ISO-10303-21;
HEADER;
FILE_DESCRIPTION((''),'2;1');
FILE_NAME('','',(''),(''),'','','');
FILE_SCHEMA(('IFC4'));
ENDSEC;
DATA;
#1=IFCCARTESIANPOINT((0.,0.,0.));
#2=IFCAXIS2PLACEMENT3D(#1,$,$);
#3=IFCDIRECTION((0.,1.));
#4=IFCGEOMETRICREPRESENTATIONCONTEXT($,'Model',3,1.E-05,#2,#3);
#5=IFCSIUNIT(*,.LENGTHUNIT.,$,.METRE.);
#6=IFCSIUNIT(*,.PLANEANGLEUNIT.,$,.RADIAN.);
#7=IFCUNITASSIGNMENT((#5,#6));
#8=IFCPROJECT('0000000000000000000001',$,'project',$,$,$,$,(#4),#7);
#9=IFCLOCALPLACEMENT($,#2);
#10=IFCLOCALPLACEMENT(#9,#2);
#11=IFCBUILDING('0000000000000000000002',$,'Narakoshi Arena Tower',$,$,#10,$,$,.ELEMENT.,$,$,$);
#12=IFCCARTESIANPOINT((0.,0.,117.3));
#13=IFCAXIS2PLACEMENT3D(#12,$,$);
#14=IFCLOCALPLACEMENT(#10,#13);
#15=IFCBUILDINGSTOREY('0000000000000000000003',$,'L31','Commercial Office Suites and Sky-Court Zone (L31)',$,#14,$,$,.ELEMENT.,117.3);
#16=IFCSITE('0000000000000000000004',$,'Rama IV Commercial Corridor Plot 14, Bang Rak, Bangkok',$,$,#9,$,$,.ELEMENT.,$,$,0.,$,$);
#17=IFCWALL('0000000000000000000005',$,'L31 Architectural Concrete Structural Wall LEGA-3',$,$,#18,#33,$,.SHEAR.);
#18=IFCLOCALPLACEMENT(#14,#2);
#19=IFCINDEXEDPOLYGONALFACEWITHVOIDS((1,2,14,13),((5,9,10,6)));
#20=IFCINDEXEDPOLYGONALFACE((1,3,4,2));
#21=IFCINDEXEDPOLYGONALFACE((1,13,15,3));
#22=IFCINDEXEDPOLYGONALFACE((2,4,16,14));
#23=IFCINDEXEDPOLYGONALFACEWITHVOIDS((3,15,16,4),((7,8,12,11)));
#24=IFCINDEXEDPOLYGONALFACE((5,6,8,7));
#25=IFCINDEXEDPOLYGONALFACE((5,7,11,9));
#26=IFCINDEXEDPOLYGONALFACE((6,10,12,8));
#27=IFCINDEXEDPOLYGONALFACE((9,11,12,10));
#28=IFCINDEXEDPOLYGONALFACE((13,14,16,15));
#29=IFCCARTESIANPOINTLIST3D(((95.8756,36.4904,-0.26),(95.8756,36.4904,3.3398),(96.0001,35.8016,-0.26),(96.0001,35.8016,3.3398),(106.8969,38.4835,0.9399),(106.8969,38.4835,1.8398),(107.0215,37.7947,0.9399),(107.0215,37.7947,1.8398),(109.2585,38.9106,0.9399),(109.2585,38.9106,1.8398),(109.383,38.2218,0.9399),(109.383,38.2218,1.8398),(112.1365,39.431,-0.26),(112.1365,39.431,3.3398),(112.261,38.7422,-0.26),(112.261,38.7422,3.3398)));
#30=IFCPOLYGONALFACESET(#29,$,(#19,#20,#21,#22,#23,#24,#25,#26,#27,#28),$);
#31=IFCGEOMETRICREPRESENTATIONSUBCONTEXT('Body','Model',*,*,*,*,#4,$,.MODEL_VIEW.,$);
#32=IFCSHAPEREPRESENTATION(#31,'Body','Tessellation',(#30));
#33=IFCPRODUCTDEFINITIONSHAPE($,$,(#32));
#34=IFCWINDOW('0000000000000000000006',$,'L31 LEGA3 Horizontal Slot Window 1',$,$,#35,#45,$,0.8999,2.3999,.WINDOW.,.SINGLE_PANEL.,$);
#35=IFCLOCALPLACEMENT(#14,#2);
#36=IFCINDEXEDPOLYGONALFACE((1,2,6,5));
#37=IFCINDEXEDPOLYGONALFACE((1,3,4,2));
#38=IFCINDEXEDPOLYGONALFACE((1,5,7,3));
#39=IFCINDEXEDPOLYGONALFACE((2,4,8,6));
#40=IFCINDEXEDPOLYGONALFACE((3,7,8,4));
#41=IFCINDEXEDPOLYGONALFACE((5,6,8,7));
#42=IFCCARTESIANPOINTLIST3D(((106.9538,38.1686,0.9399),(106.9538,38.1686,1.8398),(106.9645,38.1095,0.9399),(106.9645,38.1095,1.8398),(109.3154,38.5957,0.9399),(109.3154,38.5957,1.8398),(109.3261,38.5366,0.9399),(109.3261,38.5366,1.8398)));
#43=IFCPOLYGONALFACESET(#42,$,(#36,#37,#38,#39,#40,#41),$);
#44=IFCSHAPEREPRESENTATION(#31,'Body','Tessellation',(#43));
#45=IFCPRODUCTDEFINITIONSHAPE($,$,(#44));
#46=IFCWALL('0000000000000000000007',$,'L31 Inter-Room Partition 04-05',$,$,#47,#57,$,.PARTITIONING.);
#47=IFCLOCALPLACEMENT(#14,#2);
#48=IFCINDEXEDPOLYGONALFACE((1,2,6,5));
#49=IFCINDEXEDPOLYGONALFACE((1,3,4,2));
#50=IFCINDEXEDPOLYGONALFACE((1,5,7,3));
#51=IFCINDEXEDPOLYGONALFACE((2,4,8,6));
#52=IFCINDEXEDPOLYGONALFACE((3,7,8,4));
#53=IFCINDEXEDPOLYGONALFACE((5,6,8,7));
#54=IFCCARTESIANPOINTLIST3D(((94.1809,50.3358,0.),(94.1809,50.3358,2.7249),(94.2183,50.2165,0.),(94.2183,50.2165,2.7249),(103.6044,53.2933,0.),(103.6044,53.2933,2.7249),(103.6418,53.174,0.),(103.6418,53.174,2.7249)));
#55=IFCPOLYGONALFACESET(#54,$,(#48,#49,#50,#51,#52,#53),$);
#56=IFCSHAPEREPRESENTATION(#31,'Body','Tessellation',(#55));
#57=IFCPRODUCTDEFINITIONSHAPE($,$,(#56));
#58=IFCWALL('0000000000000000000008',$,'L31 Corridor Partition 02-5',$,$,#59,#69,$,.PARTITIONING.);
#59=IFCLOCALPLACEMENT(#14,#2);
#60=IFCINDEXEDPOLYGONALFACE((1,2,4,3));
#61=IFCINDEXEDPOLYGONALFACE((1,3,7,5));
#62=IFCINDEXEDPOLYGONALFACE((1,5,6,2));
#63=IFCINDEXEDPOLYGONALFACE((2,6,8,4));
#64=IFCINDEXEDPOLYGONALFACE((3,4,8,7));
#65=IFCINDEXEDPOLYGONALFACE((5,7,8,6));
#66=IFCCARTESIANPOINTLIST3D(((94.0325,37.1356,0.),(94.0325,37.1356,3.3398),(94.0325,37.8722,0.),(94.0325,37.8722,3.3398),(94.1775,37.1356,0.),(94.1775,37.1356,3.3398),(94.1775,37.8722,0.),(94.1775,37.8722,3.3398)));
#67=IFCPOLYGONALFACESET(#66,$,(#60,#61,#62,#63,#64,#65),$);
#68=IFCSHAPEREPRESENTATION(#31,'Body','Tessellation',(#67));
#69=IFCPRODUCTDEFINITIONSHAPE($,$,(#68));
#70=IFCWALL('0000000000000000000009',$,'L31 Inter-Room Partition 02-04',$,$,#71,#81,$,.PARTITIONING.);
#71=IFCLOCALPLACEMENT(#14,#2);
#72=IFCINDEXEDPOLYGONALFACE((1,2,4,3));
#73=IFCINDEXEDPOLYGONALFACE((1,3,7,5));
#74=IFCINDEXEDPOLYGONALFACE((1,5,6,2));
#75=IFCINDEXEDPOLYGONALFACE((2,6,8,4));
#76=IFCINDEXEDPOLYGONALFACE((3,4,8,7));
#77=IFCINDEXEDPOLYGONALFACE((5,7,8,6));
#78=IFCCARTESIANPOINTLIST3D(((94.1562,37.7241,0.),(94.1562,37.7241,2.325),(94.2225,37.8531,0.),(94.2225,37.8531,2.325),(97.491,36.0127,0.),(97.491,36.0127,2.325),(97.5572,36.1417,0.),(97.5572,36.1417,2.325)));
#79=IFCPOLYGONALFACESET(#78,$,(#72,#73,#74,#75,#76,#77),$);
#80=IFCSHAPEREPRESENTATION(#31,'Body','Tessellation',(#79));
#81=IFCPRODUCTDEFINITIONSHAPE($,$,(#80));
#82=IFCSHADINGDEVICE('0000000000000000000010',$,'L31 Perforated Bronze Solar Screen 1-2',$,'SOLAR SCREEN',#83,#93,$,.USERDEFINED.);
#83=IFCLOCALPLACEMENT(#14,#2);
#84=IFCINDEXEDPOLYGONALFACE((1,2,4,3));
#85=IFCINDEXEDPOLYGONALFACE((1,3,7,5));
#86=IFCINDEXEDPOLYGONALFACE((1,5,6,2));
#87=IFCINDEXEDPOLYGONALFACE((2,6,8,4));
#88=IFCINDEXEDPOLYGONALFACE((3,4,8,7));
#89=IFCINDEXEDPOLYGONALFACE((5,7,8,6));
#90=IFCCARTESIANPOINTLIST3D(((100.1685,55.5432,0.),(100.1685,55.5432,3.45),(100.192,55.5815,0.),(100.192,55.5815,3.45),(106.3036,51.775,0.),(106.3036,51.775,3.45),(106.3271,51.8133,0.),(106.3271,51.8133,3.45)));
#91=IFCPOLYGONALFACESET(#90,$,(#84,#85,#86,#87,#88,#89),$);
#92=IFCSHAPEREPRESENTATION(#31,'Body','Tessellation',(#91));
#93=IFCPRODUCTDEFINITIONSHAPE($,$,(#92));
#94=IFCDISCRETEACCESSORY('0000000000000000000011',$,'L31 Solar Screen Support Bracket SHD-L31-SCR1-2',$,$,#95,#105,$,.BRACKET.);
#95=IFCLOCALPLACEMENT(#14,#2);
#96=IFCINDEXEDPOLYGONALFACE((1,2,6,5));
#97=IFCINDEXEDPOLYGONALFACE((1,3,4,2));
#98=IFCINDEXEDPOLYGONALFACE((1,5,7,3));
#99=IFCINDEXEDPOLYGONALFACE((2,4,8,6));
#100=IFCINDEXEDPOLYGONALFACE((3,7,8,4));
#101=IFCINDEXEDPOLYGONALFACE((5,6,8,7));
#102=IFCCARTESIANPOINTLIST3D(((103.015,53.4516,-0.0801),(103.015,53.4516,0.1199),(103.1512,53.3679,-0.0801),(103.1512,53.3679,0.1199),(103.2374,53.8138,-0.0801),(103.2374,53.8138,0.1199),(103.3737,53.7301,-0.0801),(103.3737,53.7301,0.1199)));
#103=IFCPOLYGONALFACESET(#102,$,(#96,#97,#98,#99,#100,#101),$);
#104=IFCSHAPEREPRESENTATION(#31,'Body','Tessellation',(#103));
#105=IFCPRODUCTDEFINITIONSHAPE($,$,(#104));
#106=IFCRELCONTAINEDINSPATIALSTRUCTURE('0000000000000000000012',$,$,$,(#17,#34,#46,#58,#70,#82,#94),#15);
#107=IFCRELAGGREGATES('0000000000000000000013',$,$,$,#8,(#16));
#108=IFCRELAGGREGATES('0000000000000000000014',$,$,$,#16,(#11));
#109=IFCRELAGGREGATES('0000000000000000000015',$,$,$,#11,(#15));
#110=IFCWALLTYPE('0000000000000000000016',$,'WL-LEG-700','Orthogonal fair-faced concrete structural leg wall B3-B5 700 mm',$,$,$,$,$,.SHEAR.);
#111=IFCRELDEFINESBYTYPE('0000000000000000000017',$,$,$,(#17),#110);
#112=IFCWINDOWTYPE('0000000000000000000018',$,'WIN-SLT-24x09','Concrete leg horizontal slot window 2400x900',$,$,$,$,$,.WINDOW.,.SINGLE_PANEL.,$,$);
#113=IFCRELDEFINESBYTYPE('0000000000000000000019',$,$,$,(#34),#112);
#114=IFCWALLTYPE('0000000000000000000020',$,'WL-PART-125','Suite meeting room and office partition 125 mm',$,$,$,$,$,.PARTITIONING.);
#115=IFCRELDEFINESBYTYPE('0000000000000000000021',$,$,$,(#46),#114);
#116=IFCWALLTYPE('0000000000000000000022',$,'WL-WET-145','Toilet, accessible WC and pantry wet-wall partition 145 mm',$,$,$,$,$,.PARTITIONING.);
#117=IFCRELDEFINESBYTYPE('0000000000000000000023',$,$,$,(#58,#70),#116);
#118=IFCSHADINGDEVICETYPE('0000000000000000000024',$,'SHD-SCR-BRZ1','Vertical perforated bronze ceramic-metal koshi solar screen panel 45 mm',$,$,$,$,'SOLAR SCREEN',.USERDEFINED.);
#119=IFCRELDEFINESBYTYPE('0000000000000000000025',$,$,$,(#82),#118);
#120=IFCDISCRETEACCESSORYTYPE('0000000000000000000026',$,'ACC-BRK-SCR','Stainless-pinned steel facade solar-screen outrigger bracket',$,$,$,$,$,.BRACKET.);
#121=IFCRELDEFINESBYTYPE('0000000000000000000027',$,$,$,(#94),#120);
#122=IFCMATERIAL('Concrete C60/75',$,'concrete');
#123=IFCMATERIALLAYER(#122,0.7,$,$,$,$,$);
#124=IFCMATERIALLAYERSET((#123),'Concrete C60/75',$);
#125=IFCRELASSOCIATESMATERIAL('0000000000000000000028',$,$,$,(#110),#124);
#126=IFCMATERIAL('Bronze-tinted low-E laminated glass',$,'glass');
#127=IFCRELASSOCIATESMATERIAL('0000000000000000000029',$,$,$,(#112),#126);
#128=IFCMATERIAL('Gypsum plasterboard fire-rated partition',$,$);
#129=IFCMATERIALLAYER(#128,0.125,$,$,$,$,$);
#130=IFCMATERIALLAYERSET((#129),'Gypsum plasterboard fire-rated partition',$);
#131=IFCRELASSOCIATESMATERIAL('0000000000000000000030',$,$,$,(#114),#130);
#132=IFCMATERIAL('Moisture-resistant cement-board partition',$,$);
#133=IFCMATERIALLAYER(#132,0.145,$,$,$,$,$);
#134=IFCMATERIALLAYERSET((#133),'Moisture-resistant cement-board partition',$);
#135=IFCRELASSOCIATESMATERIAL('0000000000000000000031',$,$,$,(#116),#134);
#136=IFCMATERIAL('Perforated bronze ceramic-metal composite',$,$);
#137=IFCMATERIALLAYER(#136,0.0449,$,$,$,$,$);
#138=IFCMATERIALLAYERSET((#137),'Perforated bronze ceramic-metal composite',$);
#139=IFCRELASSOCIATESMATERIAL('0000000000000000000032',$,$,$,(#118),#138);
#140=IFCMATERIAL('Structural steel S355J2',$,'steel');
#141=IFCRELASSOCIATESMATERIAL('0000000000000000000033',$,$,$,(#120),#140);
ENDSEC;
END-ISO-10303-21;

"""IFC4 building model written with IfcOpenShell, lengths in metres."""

from ifc_helpers import new_model, si_unit, direction, frame, frame_2d, origin, origin_2d, place, context, subcontext, project, spatial, rectangle, extrude, material, layer, layer_set, type_object, element, fill, save


model = new_model("IFC4")

# Units and contexts
model_context = context("Model", 3, precision=1e-05, world=origin(), true_north=direction((0.0, 1.0)))
body_context = subcontext(model_context, "Body", "Model", "MODEL_VIEW")
ifc_project = project(units=[si_unit("LENGTHUNIT", "METRE"), si_unit("PLANEANGLEUNIT", "RADIAN")], contexts=[model_context])

# Site, building, storey
site_placement = place(None, origin())
site = spatial("IfcSite", under=ifc_project, at=site_placement, Name="Rama IV Commercial Corridor Plot 14, Bang Rak, Bangkok", CompositionType="ELEMENT", RefElevation=0.0)
building_placement = place(site_placement, origin())
building = spatial("IfcBuilding", under=site, at=building_placement, Name="Narakoshi Arena Tower", CompositionType="ELEMENT")
storey_placement = place(building_placement, frame((0.0, 0.0, 117.3)))
storey = spatial("IfcBuildingStorey", under=building, at=storey_placement, Name="L31", Description="Commercial Office Suites and Sky-Court Zone (L31)", CompositionType="ELEMENT", Elevation=117.3)

# Shared definitions
ifc_material_1 = material(Name="Concrete C60/75", Category="concrete")

# Shared definitions
ifc_material_2 = material(Name="Structural steel S355J2", Category="steel")

# Shared definitions
ifc_material_3 = material(Name="Bronze-tinted low-E laminated glass", Category="glass")

# Shared definitions
ifc_material_4 = material(Name="Gypsum plasterboard fire-rated partition")

# Wall, opening, window
ifc_layer_1 = layer(ifc_material_1, 0.7)
ifc_layer_set_1 = layer_set([ifc_layer_1], Name="Concrete C60/75")
wall_type_1 = type_object("IfcWallType", Name="WL-LEG-700", Description="Orthogonal fair-faced concrete structural leg wall B3-B5 700 mm", PredefinedType="SHEAR", material=ifc_layer_set_1)
wall_1_placement = place(storey_placement, frame((95.938, 36.146, -0.26), z_axis=(0.0, 0.0, 1.0), x_axis=(0.984038, 0.177956, 0.0)))
wall_1 = element("IfcWall", 1, at=wall_1_placement, inside=storey, type_object=wall_type_1, Name="L31 Architectural Concrete Structural Wall LEGA-3", PredefinedType="SHEAR", context=body_context, shape_type="SweptSolid", body=[
    extrude(rectangle(XDim=16.5247, YDim=0.7, at=frame_2d((8.2622, 0.0))), origin(), (0.0, 0.0, 1.0), 3.5999),
])
opening_1_placement = place(wall_1_placement, frame((11.2, 0.0, 1.2)))
opening_1 = element("IfcOpeningElement", 2, at=opening_1_placement, cuts=wall_1, PredefinedType="OPENING", context=body_context, shape_type="SweptSolid", body=[
    extrude(rectangle(XDim=2.3999, YDim=0.8999, at=frame_2d((1.2, 0.45))), frame((0.0, 0.3599, 0.0), z_axis=(0.0, -1.0, 0.0), x_axis=(1.0, 0.0, 0.0)), (0.0, 0.0, 1.0), 0.72),
])
window_type = type_object("IfcWindowType", Name="WIN-SLT-24x09", Description="Concrete leg horizontal slot window 2400x900", PartitioningType="SINGLE_PANEL", PredefinedType="WINDOW", material=ifc_material_3)
window_placement = place(opening_1_placement, origin())
window = element("IfcWindow", 3, at=window_placement, inside=storey, type_object=window_type, Name="L31 LEGA3 Horizontal Slot Window 1", OverallHeight=0.8999, OverallWidth=2.3999, PartitioningType="SINGLE_PANEL", PredefinedType="WINDOW", context=body_context, shape_type="SweptSolid", body=[
    extrude(rectangle(XDim=2.3999, YDim=0.8999, at=frame_2d((1.2, 0.45))), frame((0.0, 0.03, 0.0), z_axis=(0.0, -1.0, 0.0), x_axis=(1.0, 0.0, 0.0)), (0.0, 0.0, 1.0), 0.0601),
])
fill(opening_1, window)

# Walls
ifc_layer_2 = layer(ifc_material_4, 0.125)
ifc_layer_set_2 = layer_set([ifc_layer_2], Name="Gypsum plasterboard fire-rated partition")
wall_type_2 = type_object("IfcWallType", Name="WL-PART-125", Description="Suite meeting room and office partition 125 mm", PredefinedType="PARTITIONING", material=ifc_layer_set_2)
wall_2_placement = place(storey_placement, frame((94.1995, 50.2761, 0.0), z_axis=(0.0, 0.0, 1.0), x_axis=(0.954115, 0.299442, 0.0)))
element("IfcWall", 4, at=wall_2_placement, inside=storey, type_object=wall_type_2, Name="L31 Inter-Room Partition 04-05", PredefinedType="PARTITIONING", context=body_context, shape_type="SweptSolid", body=[
    extrude(rectangle(XDim=9.8767, YDim=0.125, at=frame_2d((4.9385, 0.0))), origin(), (0.0, 0.0, 1.0), 2.7249),
])
ifc_material_5 = material(Name="Moisture-resistant cement-board partition")
ifc_layer_3 = layer(ifc_material_5, 0.145)
ifc_layer_set_3 = layer_set([ifc_layer_3], Name="Moisture-resistant cement-board partition")
wall_type_3 = type_object("IfcWallType", Name="WL-WET-145", Description="Toilet, accessible WC and pantry wet-wall partition 145 mm", PredefinedType="PARTITIONING", material=ifc_layer_set_3)
wall_3_placement = place(storey_placement, frame((94.105, 37.1357, 0.0), z_axis=(0.0, 0.0, 1.0), x_axis=(0.0, 1.0, 0.0)))
element("IfcWall", 5, at=wall_3_placement, inside=storey, type_object=wall_type_3, Name="L31 Corridor Partition 02-5", PredefinedType="PARTITIONING", context=body_context, shape_type="SweptSolid", body=[
    extrude(rectangle(XDim=0.7366, YDim=0.145, at=frame_2d((0.3682, 0.0))), origin(), (0.0, 0.0, 1.0), 3.3398),
])
wall_4_placement = place(storey_placement, frame((94.1895, 37.7886, 0.0), z_axis=(0.0, 0.0, 1.0), x_axis=(0.889675, -0.456594, 0.0)))
element("IfcWall", 6, at=wall_4_placement, inside=storey, type_object=wall_type_3, Name="L31 Inter-Room Partition 02-04", PredefinedType="PARTITIONING", context=body_context, shape_type="SweptSolid", body=[
    extrude(rectangle(XDim=3.7483, YDim=0.145, at=frame_2d((1.874, 0.0))), origin(), (0.0, 0.0, 1.0), 2.325),
])

# Shading device
ifc_material_6 = material(Name="Perforated bronze ceramic-metal composite")
ifc_layer_4 = layer(ifc_material_6, 0.0449)
ifc_layer_set_4 = layer_set([ifc_layer_4], Name="Perforated bronze ceramic-metal composite")
shading_device_type = type_object("IfcShadingDeviceType", Name="SHD-SCR-BRZ1", Description="Vertical perforated bronze ceramic-metal koshi solar screen panel 45 mm", ElementType="SOLAR SCREEN", PredefinedType="USERDEFINED", material=ifc_layer_set_4)
shading_device_placement = place(storey_placement, frame((103.2478, 53.6782, 0.0), z_axis=(0.0, 0.0, 1.0), x_axis=(-0.852111, 0.523361, 0.0)))
element("IfcShadingDevice", 7, at=shading_device_placement, inside=storey, type_object=shading_device_type, Name="L31 Perforated Bronze Solar Screen 1-2", ObjectType="SOLAR SCREEN", PredefinedType="USERDEFINED", context=body_context, shape_type="SweptSolid", body=[
    extrude(rectangle(XDim=7.2, YDim=0.0449, at=origin_2d()), origin(), (0.0, 0.0, 1.0), 3.45),
])

# Discrete accessory
discrete_accessory_type = type_object("IfcDiscreteAccessoryType", Name="ACC-BRK-SCR", Description="Stainless-pinned steel facade solar-screen outrigger bracket", PredefinedType="BRACKET", material=ifc_material_2)
discrete_accessory_placement = place(storey_placement, frame((103.1943, 53.5908, -0.0801), z_axis=(0.0, 0.0, 1.0), x_axis=(-0.852111, 0.523361, 0.0)))
element("IfcDiscreteAccessory", 8, at=discrete_accessory_placement, inside=storey, type_object=discrete_accessory_type, Name="L31 Solar Screen Support Bracket SHD-L31-SCR1-2", PredefinedType="BRACKET", context=body_context, shape_type="SweptSolid", body=[
    extrude(rectangle(XDim=0.1599, YDim=0.425, at=origin_2d()), origin(), (0.0, 0.0, 1.0), 0.2),
])

save(model, "model.ifc")
